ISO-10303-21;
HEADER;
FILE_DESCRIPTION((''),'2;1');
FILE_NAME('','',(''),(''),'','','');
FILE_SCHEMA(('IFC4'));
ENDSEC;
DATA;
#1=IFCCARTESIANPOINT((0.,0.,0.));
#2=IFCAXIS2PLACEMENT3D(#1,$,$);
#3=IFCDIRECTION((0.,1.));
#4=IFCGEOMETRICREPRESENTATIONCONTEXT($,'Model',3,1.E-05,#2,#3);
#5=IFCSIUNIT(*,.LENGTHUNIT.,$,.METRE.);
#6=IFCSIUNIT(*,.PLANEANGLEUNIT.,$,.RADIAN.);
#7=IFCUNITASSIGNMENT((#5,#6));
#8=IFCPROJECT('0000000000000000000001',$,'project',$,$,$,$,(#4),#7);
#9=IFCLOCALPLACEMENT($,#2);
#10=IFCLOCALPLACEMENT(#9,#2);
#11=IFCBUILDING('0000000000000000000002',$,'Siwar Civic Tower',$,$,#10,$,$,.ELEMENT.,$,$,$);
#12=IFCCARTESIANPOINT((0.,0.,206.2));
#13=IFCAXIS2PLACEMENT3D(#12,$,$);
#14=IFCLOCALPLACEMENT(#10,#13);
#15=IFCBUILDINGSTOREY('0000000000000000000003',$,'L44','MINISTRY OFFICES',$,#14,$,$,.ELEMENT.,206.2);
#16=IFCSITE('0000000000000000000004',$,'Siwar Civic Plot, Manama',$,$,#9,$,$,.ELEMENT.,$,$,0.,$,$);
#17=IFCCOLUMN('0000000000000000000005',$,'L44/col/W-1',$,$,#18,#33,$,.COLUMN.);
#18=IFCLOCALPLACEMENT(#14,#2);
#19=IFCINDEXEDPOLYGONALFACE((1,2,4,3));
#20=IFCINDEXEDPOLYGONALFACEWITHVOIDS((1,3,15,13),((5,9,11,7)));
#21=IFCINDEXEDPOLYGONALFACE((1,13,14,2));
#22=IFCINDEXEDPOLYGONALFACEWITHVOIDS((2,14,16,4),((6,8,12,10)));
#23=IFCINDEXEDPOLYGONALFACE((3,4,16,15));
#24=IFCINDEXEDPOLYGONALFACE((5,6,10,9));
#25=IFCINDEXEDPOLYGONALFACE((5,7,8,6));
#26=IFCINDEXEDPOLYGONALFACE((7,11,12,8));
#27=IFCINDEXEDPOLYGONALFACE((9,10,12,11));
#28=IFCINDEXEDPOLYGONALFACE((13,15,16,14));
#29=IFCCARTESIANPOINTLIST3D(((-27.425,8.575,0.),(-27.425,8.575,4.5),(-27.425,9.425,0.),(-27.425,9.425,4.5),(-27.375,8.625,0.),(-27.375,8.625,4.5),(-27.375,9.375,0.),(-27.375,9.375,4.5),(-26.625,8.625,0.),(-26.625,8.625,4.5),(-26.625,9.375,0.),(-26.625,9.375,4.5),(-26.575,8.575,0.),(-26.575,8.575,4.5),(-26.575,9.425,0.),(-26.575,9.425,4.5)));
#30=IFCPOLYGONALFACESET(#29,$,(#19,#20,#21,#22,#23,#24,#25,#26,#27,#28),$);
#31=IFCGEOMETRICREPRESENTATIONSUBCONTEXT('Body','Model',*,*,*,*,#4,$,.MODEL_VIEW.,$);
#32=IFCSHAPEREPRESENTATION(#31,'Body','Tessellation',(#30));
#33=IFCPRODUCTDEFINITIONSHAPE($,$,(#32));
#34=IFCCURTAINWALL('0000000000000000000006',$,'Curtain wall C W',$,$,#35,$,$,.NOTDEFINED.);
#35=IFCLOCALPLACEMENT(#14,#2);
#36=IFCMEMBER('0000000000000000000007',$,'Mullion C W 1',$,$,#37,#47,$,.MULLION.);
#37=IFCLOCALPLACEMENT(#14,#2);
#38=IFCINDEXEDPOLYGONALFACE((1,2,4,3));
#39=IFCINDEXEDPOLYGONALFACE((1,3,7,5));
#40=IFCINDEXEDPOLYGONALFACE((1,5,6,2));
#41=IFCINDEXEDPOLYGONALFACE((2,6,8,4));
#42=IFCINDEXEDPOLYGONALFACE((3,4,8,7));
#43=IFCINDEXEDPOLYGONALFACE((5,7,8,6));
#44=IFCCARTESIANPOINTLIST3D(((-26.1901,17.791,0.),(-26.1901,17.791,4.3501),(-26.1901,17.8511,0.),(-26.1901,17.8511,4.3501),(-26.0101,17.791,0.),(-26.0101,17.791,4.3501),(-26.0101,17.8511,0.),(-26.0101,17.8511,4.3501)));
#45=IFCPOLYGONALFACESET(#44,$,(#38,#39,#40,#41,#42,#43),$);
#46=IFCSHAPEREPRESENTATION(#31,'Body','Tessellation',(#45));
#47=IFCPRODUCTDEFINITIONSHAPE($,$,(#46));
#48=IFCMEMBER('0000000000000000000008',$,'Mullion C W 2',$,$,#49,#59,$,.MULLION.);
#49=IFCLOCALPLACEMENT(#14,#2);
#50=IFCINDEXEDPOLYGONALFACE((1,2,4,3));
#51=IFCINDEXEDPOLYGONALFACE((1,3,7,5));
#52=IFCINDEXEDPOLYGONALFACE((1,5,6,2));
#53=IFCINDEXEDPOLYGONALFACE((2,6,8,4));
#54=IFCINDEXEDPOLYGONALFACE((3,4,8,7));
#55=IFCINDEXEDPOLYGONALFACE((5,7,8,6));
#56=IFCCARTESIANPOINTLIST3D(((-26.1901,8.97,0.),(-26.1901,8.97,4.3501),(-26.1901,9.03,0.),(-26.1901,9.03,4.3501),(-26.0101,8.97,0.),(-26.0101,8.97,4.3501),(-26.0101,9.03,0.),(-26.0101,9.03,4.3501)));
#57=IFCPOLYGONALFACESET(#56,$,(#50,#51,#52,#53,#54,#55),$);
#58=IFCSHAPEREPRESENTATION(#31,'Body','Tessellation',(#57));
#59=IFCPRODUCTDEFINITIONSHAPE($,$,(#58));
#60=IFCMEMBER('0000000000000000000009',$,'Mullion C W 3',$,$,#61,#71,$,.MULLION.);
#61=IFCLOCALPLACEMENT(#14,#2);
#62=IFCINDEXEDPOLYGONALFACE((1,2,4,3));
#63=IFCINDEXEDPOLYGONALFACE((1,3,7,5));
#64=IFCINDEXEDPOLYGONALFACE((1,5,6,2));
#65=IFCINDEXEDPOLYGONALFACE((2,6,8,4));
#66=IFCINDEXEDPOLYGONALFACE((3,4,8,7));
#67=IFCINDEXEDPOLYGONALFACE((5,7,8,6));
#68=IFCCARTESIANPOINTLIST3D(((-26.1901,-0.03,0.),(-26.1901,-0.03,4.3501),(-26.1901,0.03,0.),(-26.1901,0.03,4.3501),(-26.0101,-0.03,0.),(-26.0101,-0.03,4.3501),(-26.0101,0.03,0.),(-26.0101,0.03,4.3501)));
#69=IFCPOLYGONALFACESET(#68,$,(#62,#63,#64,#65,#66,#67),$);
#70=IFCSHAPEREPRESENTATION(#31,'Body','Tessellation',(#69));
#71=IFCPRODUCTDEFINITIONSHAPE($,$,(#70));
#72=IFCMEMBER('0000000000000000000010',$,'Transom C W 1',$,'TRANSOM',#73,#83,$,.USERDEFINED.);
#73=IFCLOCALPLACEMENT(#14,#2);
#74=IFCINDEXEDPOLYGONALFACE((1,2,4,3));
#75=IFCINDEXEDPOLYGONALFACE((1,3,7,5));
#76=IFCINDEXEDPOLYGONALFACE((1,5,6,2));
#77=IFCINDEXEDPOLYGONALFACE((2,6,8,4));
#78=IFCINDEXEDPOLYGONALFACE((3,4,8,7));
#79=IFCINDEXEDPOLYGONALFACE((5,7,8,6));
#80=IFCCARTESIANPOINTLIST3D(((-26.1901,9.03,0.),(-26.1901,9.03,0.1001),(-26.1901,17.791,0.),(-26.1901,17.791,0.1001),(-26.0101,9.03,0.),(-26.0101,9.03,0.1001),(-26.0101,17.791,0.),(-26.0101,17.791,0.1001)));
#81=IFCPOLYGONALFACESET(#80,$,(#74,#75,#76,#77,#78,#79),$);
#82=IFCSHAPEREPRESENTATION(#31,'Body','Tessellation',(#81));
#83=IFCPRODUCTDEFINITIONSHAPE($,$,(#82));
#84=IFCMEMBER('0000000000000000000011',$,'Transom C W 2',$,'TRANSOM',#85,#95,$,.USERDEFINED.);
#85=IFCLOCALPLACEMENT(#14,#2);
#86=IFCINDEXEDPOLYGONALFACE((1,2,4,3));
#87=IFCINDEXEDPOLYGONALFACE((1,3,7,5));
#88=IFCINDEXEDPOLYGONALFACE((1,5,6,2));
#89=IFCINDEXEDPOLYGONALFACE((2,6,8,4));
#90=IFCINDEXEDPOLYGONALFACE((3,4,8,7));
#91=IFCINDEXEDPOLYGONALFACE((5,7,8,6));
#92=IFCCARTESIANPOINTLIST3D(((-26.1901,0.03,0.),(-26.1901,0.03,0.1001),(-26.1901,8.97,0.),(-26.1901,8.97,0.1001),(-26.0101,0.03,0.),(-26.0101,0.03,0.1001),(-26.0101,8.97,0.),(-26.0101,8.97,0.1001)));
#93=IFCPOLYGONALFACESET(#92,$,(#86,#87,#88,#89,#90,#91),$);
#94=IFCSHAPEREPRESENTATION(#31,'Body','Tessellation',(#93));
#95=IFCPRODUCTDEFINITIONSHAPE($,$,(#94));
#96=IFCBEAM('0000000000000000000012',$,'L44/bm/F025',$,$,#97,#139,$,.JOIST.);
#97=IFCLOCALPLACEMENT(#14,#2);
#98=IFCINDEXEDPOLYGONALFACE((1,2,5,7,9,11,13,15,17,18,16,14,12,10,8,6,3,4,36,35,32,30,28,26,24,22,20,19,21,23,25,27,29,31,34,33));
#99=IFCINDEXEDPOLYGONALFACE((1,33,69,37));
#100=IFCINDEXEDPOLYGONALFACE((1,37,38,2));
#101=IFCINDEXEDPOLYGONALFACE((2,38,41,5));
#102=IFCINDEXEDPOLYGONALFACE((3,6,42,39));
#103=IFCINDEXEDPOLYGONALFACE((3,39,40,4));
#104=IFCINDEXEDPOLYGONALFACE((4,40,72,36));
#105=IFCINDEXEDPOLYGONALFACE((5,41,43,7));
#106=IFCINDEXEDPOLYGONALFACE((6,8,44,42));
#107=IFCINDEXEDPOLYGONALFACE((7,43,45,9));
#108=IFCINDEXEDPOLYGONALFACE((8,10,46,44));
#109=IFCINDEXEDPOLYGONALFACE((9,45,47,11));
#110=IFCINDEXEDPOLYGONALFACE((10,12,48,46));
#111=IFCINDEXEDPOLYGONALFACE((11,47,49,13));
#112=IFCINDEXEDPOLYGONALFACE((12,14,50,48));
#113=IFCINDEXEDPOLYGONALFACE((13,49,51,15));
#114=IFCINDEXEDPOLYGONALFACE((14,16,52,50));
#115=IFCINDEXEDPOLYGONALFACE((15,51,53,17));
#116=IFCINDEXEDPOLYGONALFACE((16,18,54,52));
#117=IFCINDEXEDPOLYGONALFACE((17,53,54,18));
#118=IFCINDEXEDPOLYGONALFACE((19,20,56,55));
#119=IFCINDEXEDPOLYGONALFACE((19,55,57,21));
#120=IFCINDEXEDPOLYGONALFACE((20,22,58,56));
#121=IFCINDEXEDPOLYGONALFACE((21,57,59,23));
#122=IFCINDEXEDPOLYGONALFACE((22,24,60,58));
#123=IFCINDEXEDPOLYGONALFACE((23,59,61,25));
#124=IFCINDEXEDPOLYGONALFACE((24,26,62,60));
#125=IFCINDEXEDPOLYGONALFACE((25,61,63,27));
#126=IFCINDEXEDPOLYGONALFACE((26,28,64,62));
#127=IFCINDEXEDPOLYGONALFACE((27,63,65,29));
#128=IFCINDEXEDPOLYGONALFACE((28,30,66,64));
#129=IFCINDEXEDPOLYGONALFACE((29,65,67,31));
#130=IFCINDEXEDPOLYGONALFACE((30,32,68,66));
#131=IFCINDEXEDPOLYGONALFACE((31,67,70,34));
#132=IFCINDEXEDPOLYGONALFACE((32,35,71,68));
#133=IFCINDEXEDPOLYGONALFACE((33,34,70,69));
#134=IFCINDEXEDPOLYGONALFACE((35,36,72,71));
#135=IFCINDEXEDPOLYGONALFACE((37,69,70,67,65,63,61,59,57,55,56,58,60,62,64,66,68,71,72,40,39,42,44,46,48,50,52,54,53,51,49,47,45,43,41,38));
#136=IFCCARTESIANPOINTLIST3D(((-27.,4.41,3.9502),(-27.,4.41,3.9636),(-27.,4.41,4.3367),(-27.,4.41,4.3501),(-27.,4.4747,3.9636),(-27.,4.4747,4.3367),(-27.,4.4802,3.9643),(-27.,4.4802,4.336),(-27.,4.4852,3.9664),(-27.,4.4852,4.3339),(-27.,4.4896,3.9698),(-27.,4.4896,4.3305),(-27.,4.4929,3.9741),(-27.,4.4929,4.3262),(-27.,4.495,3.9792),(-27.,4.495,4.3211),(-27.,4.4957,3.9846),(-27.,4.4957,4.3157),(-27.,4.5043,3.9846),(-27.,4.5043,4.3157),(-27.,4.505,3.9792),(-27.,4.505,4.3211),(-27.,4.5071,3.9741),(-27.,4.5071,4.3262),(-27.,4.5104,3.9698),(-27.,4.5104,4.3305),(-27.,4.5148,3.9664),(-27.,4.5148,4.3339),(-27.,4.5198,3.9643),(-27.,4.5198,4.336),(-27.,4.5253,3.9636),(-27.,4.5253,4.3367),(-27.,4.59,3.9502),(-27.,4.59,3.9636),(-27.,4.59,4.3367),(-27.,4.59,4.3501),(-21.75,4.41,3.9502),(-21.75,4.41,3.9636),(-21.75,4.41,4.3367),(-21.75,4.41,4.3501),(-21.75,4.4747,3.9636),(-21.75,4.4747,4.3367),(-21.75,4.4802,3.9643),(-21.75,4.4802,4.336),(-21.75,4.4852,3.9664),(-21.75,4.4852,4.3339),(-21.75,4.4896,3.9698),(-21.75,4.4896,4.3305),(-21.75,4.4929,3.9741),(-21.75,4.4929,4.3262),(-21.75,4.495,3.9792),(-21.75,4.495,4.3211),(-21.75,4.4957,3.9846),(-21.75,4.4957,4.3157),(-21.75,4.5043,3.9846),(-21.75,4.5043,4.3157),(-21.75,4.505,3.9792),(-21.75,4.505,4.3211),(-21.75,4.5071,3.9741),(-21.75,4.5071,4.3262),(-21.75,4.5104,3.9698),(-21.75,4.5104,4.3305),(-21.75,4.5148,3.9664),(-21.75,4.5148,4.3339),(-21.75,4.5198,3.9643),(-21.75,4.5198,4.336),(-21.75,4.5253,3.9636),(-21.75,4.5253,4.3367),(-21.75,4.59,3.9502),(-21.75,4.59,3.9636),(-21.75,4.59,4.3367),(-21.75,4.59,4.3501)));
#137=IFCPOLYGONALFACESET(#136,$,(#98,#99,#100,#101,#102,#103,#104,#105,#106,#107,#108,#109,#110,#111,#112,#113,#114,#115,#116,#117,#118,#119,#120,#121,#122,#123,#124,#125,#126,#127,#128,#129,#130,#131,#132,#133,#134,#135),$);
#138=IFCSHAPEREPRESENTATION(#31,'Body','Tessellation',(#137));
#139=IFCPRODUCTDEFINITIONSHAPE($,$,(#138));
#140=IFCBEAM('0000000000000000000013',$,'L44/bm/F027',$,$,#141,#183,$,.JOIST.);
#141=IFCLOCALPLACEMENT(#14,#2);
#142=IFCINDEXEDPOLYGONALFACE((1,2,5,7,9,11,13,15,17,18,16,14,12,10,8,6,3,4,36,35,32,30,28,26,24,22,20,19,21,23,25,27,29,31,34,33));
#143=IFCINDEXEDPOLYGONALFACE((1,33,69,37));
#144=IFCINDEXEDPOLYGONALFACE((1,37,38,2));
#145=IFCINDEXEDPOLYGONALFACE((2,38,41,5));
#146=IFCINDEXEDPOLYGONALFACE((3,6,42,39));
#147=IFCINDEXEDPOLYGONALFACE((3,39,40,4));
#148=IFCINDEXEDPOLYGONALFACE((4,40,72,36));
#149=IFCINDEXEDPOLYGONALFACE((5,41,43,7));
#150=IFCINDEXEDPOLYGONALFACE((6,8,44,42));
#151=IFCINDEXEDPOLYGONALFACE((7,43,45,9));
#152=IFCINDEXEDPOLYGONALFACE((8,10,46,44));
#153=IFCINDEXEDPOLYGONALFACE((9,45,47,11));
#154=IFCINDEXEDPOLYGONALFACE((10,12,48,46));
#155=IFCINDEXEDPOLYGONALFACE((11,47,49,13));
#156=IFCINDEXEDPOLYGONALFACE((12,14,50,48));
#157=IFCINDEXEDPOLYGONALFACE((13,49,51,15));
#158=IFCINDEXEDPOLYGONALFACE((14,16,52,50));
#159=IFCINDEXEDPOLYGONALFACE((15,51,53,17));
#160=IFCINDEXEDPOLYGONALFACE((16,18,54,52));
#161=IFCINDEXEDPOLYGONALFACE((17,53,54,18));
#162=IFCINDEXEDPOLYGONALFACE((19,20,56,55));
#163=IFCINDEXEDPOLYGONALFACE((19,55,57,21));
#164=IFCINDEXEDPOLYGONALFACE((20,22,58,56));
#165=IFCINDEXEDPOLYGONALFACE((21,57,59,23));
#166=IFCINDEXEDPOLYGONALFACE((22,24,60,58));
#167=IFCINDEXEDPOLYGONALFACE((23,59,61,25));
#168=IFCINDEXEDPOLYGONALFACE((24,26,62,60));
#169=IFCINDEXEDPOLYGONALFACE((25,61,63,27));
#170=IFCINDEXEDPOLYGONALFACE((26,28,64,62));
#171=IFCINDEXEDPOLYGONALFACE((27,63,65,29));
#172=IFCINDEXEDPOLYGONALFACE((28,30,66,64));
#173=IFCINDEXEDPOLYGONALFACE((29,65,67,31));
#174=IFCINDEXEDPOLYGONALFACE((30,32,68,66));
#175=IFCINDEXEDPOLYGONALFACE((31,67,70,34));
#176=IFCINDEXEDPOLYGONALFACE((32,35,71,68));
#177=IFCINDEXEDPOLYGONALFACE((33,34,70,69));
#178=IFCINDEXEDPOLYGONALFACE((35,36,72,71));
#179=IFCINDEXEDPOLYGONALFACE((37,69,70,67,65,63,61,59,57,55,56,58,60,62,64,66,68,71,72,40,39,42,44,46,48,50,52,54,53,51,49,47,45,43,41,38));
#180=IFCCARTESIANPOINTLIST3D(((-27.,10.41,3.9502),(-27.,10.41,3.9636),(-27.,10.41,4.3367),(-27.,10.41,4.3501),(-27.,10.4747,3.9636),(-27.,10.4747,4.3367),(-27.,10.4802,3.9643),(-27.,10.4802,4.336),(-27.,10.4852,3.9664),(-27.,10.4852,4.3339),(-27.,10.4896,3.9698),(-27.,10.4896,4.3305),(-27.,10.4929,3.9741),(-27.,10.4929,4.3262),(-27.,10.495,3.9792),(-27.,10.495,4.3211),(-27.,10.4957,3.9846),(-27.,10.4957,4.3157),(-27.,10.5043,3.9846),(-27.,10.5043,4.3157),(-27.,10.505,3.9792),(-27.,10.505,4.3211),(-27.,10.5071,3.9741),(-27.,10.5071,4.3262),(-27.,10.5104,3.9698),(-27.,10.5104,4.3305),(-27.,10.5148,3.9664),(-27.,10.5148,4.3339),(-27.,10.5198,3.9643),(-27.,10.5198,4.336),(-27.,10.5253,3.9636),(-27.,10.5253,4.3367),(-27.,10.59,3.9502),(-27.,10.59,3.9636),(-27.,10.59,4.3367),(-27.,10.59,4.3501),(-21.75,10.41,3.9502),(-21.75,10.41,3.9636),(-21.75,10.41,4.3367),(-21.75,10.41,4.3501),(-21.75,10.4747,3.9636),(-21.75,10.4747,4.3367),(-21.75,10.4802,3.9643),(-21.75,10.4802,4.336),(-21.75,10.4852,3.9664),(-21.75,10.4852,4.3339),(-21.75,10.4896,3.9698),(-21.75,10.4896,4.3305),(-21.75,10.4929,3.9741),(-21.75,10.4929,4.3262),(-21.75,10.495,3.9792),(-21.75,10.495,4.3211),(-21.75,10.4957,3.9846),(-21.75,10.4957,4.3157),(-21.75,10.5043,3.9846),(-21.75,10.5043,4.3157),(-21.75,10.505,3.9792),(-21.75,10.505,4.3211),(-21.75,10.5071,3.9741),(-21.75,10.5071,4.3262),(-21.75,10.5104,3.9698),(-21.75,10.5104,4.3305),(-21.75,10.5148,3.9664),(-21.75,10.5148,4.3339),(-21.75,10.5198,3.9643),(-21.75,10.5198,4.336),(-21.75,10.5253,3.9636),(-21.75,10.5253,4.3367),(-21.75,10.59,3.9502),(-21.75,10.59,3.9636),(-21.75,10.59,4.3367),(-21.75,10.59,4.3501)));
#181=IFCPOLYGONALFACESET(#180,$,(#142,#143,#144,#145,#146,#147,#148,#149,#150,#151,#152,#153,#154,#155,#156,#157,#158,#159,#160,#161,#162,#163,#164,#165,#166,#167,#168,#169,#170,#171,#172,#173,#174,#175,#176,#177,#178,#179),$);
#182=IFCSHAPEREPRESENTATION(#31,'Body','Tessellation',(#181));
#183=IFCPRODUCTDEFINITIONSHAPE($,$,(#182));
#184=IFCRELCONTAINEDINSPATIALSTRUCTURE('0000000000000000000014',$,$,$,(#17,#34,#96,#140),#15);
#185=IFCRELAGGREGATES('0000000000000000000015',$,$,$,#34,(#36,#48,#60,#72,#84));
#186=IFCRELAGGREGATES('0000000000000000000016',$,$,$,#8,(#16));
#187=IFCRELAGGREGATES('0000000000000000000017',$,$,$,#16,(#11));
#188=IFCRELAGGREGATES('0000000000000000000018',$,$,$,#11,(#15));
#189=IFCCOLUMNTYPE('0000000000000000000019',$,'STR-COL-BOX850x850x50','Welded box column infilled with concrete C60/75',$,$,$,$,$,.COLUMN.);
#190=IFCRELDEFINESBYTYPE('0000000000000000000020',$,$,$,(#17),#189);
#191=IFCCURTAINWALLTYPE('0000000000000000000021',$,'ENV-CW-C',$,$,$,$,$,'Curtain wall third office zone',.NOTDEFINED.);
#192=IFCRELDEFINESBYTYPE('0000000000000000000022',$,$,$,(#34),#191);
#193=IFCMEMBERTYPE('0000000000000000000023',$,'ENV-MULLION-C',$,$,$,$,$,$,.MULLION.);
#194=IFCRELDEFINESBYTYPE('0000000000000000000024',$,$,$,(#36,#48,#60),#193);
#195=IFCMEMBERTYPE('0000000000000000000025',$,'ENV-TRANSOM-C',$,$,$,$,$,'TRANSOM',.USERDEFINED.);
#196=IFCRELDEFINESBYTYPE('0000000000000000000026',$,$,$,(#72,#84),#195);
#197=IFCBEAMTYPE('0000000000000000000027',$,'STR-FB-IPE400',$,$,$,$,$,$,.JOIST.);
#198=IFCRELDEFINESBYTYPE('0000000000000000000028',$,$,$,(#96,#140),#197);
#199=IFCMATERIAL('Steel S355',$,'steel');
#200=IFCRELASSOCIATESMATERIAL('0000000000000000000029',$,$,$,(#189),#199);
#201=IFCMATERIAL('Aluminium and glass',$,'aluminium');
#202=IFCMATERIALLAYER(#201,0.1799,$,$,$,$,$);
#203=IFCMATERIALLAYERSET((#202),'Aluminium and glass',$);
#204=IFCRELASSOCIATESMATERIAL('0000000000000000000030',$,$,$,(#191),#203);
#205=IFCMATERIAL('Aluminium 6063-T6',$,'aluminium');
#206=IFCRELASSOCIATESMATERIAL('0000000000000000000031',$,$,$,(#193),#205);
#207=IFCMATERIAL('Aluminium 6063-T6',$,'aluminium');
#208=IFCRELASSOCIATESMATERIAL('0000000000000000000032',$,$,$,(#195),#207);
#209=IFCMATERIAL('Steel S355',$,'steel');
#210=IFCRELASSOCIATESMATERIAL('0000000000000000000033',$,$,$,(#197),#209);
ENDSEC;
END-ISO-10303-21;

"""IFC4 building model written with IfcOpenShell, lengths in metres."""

from ifc_helpers import new_model, si_unit, direction, frame, origin, origin_2d, place, context, subcontext, project, spatial, rectangle, hollow_rectangle, i_section, extrude, material, layer, layer_set, material_profile, profile_set, type_object, element, aggregate, save


model = new_model("IFC4")

# Units and contexts
model_context = context("Model", 3, precision=1e-05, world=origin(), true_north=direction((0.0, 1.0)))
body_context = subcontext(model_context, "Body", "Model", "MODEL_VIEW")
ifc_project = project(units=[si_unit("LENGTHUNIT", "METRE"), si_unit("PLANEANGLEUNIT", "RADIAN")], contexts=[model_context])

# Site, building, storey
site_placement = place(None, origin())
site = spatial("IfcSite", under=ifc_project, at=site_placement, Name="Siwar Civic Plot, Manama", CompositionType="ELEMENT", RefElevation=0.0)
building_placement = place(site_placement, origin())
building = spatial("IfcBuilding", under=site, at=building_placement, Name="Siwar Civic Tower", CompositionType="ELEMENT")
storey_placement = place(building_placement, frame((0.0, 0.0, 206.2)))
storey = spatial("IfcBuildingStorey", under=building, at=storey_placement, Name="L44", Description="MINISTRY OFFICES", CompositionType="ELEMENT", Elevation=206.2)

# Column
ifc_material_1 = material(Name="Steel S355", Category="steel")
ifc_material_profile_1 = material_profile(ifc_material_1, hollow_rectangle(XDim=0.8501, YDim=0.8501, WallThickness=0.05, at=origin_2d()), Name="BOX850x850x50")
ifc_profile_set_1 = profile_set([ifc_material_profile_1], Name="Steel S355")
column_type = type_object("IfcColumnType", Name="STR-COL-BOX850x850x50", Description="Welded box column infilled with concrete C60/75", PredefinedType="COLUMN", material=ifc_profile_set_1)
column_placement = place(storey_placement, frame((-27.0, 9.0, 0.0), z_axis=(0.0, 0.0, 1.0), x_axis=(1.0, 0.0, 0.0)))
element("IfcColumn", 1, at=column_placement, inside=storey, type_object=column_type, Name="L44/col/W-1", PredefinedType="COLUMN", context=body_context, shape_type="SweptSolid", body=[
    extrude(hollow_rectangle(XDim=0.8501, YDim=0.8501, WallThickness=0.05, at=origin_2d()), origin(), (0.0, 0.0, 1.0), 4.5),
])

# Curtain wall, members
ifc_material_2 = material(Name="Aluminium and glass", Category="aluminium")
ifc_layer_1 = layer(ifc_material_2, 0.1799)
ifc_layer_set_1 = layer_set([ifc_layer_1], Name="Aluminium and glass")
curtain_wall_type = type_object("IfcCurtainWallType", Name="ENV-CW-C", ElementType="Curtain wall third office zone", PredefinedType="NOTDEFINED", material=ifc_layer_set_1)
curtain_wall_placement = place(storey_placement, origin())
curtain_wall = element("IfcCurtainWall", 2, at=curtain_wall_placement, inside=storey, type_object=curtain_wall_type, Name="Curtain wall C W", PredefinedType="NOTDEFINED")
ifc_material_3 = material(Name="Aluminium 6063-T6", Category="aluminium")
ifc_material_profile_2 = material_profile(ifc_material_3, rectangle(XDim=0.1799, YDim=0.0601, at=origin_2d()), Name="AL 180x60")
ifc_profile_set_2 = profile_set([ifc_material_profile_2], Name="Aluminium 6063-T6")
member_type_1 = type_object("IfcMemberType", Name="ENV-MULLION-C", PredefinedType="MULLION", material=ifc_profile_set_2)
member_1_placement = place(storey_placement, frame((-26.1001, 17.821, 0.0), z_axis=(0.0, 0.0, 1.0), x_axis=(1.0, 0.0, 0.0)))
member_1 = element("IfcMember", 3, at=member_1_placement, type_object=member_type_1, Name="Mullion C W 1", PredefinedType="MULLION", context=body_context, shape_type="SweptSolid", body=[
    extrude(rectangle(XDim=0.1799, YDim=0.0601, at=origin_2d()), origin(), (0.0, 0.0, 1.0), 4.3501),
])
member_2_placement = place(storey_placement, frame((-26.1001, 9.0, 0.0), z_axis=(0.0, 0.0, 1.0), x_axis=(1.0, 0.0, 0.0)))
member_2 = element("IfcMember", 4, at=member_2_placement, type_object=member_type_1, Name="Mullion C W 2", PredefinedType="MULLION", context=body_context, shape_type="SweptSolid", body=[
    extrude(rectangle(XDim=0.1799, YDim=0.0601, at=origin_2d()), origin(), (0.0, 0.0, 1.0), 4.3501),
])
member_3_placement = place(storey_placement, frame((-26.1001, 0.0, 0.0), z_axis=(0.0, 0.0, 1.0), x_axis=(1.0, 0.0, 0.0)))
member_3 = element("IfcMember", 5, at=member_3_placement, type_object=member_type_1, Name="Mullion C W 3", PredefinedType="MULLION", context=body_context, shape_type="SweptSolid", body=[
    extrude(rectangle(XDim=0.1799, YDim=0.0601, at=origin_2d()), origin(), (0.0, 0.0, 1.0), 4.3501),
])
ifc_material_4 = material(Name="Aluminium 6063-T6", Category="aluminium")
ifc_material_profile_3 = material_profile(ifc_material_4, rectangle(XDim=0.1799, YDim=0.1001, at=origin_2d()), Name="AL 180x100")
ifc_profile_set_3 = profile_set([ifc_material_profile_3], Name="Aluminium 6063-T6")
member_type_2 = type_object("IfcMemberType", Name="ENV-TRANSOM-C", ElementType="TRANSOM", PredefinedType="USERDEFINED", material=ifc_profile_set_3)
member_4_placement = place(storey_placement, frame((-26.1001, 17.791, 0.05), z_axis=(0.0, -1.0, 0.0), x_axis=(1.0, 0.0, 0.0)))
member_4 = element("IfcMember", 6, at=member_4_placement, type_object=member_type_2, Name="Transom C W 1", ObjectType="TRANSOM", PredefinedType="USERDEFINED", context=body_context, shape_type="SweptSolid", body=[
    extrude(rectangle(XDim=0.1799, YDim=0.1001, at=origin_2d()), origin(), (0.0, 0.0, 1.0), 8.761),
])
member_5_placement = place(storey_placement, frame((-26.1001, 8.97, 0.05), z_axis=(0.0, -1.0, 0.0), x_axis=(1.0, 0.0, 0.0)))
member_5 = element("IfcMember", 7, at=member_5_placement, type_object=member_type_2, Name="Transom C W 2", ObjectType="TRANSOM", PredefinedType="USERDEFINED", context=body_context, shape_type="SweptSolid", body=[
    extrude(rectangle(XDim=0.1799, YDim=0.1001, at=origin_2d()), origin(), (0.0, 0.0, 1.0), 8.9399),
])

# Beams
ifc_material_5 = material(Name="Steel S355", Category="steel")
ifc_material_profile_4 = material_profile(ifc_material_5, i_section(OverallWidth=0.1799, OverallDepth=0.3999, WebThickness=0.0085, FlangeThickness=0.0134, FilletRadius=0.021, at=origin_2d()), Name="IPE400")
ifc_profile_set_4 = profile_set([ifc_material_profile_4], Name="Steel S355")
beam_type_1 = type_object("IfcBeamType", Name="STR-FB-IPE400", PredefinedType="JOIST", material=ifc_profile_set_4)
for number, where, z_axis, x_axis, name in (
    (8, (-27.0, 4.5, 4.1501), (1.0, 0.0, 0.0), (0.0, 1.0, 0.0), "L44/bm/F025"),
    (9, (-27.0, 10.5, 4.1501), (1.0, 0.0, 0.0), (0.0, 1.0, 0.0), "L44/bm/F027"),
):
    element("IfcBeam", number, at=place(storey_placement, frame(where, z_axis=z_axis, x_axis=x_axis)), inside=storey, type_object=beam_type_1, Name=name, PredefinedType="JOIST", context=body_context, shape_type="SweptSolid", body=[
        extrude(i_section(OverallWidth=0.1799, OverallDepth=0.3999, WebThickness=0.0085, FlangeThickness=0.0134, FilletRadius=0.021, at=origin_2d()), origin(), (0.0, 0.0, 1.0), 5.25),
    ])

aggregate(curtain_wall, [member_1, member_2, member_3, member_4, member_5])

save(model, "model.ifc")
